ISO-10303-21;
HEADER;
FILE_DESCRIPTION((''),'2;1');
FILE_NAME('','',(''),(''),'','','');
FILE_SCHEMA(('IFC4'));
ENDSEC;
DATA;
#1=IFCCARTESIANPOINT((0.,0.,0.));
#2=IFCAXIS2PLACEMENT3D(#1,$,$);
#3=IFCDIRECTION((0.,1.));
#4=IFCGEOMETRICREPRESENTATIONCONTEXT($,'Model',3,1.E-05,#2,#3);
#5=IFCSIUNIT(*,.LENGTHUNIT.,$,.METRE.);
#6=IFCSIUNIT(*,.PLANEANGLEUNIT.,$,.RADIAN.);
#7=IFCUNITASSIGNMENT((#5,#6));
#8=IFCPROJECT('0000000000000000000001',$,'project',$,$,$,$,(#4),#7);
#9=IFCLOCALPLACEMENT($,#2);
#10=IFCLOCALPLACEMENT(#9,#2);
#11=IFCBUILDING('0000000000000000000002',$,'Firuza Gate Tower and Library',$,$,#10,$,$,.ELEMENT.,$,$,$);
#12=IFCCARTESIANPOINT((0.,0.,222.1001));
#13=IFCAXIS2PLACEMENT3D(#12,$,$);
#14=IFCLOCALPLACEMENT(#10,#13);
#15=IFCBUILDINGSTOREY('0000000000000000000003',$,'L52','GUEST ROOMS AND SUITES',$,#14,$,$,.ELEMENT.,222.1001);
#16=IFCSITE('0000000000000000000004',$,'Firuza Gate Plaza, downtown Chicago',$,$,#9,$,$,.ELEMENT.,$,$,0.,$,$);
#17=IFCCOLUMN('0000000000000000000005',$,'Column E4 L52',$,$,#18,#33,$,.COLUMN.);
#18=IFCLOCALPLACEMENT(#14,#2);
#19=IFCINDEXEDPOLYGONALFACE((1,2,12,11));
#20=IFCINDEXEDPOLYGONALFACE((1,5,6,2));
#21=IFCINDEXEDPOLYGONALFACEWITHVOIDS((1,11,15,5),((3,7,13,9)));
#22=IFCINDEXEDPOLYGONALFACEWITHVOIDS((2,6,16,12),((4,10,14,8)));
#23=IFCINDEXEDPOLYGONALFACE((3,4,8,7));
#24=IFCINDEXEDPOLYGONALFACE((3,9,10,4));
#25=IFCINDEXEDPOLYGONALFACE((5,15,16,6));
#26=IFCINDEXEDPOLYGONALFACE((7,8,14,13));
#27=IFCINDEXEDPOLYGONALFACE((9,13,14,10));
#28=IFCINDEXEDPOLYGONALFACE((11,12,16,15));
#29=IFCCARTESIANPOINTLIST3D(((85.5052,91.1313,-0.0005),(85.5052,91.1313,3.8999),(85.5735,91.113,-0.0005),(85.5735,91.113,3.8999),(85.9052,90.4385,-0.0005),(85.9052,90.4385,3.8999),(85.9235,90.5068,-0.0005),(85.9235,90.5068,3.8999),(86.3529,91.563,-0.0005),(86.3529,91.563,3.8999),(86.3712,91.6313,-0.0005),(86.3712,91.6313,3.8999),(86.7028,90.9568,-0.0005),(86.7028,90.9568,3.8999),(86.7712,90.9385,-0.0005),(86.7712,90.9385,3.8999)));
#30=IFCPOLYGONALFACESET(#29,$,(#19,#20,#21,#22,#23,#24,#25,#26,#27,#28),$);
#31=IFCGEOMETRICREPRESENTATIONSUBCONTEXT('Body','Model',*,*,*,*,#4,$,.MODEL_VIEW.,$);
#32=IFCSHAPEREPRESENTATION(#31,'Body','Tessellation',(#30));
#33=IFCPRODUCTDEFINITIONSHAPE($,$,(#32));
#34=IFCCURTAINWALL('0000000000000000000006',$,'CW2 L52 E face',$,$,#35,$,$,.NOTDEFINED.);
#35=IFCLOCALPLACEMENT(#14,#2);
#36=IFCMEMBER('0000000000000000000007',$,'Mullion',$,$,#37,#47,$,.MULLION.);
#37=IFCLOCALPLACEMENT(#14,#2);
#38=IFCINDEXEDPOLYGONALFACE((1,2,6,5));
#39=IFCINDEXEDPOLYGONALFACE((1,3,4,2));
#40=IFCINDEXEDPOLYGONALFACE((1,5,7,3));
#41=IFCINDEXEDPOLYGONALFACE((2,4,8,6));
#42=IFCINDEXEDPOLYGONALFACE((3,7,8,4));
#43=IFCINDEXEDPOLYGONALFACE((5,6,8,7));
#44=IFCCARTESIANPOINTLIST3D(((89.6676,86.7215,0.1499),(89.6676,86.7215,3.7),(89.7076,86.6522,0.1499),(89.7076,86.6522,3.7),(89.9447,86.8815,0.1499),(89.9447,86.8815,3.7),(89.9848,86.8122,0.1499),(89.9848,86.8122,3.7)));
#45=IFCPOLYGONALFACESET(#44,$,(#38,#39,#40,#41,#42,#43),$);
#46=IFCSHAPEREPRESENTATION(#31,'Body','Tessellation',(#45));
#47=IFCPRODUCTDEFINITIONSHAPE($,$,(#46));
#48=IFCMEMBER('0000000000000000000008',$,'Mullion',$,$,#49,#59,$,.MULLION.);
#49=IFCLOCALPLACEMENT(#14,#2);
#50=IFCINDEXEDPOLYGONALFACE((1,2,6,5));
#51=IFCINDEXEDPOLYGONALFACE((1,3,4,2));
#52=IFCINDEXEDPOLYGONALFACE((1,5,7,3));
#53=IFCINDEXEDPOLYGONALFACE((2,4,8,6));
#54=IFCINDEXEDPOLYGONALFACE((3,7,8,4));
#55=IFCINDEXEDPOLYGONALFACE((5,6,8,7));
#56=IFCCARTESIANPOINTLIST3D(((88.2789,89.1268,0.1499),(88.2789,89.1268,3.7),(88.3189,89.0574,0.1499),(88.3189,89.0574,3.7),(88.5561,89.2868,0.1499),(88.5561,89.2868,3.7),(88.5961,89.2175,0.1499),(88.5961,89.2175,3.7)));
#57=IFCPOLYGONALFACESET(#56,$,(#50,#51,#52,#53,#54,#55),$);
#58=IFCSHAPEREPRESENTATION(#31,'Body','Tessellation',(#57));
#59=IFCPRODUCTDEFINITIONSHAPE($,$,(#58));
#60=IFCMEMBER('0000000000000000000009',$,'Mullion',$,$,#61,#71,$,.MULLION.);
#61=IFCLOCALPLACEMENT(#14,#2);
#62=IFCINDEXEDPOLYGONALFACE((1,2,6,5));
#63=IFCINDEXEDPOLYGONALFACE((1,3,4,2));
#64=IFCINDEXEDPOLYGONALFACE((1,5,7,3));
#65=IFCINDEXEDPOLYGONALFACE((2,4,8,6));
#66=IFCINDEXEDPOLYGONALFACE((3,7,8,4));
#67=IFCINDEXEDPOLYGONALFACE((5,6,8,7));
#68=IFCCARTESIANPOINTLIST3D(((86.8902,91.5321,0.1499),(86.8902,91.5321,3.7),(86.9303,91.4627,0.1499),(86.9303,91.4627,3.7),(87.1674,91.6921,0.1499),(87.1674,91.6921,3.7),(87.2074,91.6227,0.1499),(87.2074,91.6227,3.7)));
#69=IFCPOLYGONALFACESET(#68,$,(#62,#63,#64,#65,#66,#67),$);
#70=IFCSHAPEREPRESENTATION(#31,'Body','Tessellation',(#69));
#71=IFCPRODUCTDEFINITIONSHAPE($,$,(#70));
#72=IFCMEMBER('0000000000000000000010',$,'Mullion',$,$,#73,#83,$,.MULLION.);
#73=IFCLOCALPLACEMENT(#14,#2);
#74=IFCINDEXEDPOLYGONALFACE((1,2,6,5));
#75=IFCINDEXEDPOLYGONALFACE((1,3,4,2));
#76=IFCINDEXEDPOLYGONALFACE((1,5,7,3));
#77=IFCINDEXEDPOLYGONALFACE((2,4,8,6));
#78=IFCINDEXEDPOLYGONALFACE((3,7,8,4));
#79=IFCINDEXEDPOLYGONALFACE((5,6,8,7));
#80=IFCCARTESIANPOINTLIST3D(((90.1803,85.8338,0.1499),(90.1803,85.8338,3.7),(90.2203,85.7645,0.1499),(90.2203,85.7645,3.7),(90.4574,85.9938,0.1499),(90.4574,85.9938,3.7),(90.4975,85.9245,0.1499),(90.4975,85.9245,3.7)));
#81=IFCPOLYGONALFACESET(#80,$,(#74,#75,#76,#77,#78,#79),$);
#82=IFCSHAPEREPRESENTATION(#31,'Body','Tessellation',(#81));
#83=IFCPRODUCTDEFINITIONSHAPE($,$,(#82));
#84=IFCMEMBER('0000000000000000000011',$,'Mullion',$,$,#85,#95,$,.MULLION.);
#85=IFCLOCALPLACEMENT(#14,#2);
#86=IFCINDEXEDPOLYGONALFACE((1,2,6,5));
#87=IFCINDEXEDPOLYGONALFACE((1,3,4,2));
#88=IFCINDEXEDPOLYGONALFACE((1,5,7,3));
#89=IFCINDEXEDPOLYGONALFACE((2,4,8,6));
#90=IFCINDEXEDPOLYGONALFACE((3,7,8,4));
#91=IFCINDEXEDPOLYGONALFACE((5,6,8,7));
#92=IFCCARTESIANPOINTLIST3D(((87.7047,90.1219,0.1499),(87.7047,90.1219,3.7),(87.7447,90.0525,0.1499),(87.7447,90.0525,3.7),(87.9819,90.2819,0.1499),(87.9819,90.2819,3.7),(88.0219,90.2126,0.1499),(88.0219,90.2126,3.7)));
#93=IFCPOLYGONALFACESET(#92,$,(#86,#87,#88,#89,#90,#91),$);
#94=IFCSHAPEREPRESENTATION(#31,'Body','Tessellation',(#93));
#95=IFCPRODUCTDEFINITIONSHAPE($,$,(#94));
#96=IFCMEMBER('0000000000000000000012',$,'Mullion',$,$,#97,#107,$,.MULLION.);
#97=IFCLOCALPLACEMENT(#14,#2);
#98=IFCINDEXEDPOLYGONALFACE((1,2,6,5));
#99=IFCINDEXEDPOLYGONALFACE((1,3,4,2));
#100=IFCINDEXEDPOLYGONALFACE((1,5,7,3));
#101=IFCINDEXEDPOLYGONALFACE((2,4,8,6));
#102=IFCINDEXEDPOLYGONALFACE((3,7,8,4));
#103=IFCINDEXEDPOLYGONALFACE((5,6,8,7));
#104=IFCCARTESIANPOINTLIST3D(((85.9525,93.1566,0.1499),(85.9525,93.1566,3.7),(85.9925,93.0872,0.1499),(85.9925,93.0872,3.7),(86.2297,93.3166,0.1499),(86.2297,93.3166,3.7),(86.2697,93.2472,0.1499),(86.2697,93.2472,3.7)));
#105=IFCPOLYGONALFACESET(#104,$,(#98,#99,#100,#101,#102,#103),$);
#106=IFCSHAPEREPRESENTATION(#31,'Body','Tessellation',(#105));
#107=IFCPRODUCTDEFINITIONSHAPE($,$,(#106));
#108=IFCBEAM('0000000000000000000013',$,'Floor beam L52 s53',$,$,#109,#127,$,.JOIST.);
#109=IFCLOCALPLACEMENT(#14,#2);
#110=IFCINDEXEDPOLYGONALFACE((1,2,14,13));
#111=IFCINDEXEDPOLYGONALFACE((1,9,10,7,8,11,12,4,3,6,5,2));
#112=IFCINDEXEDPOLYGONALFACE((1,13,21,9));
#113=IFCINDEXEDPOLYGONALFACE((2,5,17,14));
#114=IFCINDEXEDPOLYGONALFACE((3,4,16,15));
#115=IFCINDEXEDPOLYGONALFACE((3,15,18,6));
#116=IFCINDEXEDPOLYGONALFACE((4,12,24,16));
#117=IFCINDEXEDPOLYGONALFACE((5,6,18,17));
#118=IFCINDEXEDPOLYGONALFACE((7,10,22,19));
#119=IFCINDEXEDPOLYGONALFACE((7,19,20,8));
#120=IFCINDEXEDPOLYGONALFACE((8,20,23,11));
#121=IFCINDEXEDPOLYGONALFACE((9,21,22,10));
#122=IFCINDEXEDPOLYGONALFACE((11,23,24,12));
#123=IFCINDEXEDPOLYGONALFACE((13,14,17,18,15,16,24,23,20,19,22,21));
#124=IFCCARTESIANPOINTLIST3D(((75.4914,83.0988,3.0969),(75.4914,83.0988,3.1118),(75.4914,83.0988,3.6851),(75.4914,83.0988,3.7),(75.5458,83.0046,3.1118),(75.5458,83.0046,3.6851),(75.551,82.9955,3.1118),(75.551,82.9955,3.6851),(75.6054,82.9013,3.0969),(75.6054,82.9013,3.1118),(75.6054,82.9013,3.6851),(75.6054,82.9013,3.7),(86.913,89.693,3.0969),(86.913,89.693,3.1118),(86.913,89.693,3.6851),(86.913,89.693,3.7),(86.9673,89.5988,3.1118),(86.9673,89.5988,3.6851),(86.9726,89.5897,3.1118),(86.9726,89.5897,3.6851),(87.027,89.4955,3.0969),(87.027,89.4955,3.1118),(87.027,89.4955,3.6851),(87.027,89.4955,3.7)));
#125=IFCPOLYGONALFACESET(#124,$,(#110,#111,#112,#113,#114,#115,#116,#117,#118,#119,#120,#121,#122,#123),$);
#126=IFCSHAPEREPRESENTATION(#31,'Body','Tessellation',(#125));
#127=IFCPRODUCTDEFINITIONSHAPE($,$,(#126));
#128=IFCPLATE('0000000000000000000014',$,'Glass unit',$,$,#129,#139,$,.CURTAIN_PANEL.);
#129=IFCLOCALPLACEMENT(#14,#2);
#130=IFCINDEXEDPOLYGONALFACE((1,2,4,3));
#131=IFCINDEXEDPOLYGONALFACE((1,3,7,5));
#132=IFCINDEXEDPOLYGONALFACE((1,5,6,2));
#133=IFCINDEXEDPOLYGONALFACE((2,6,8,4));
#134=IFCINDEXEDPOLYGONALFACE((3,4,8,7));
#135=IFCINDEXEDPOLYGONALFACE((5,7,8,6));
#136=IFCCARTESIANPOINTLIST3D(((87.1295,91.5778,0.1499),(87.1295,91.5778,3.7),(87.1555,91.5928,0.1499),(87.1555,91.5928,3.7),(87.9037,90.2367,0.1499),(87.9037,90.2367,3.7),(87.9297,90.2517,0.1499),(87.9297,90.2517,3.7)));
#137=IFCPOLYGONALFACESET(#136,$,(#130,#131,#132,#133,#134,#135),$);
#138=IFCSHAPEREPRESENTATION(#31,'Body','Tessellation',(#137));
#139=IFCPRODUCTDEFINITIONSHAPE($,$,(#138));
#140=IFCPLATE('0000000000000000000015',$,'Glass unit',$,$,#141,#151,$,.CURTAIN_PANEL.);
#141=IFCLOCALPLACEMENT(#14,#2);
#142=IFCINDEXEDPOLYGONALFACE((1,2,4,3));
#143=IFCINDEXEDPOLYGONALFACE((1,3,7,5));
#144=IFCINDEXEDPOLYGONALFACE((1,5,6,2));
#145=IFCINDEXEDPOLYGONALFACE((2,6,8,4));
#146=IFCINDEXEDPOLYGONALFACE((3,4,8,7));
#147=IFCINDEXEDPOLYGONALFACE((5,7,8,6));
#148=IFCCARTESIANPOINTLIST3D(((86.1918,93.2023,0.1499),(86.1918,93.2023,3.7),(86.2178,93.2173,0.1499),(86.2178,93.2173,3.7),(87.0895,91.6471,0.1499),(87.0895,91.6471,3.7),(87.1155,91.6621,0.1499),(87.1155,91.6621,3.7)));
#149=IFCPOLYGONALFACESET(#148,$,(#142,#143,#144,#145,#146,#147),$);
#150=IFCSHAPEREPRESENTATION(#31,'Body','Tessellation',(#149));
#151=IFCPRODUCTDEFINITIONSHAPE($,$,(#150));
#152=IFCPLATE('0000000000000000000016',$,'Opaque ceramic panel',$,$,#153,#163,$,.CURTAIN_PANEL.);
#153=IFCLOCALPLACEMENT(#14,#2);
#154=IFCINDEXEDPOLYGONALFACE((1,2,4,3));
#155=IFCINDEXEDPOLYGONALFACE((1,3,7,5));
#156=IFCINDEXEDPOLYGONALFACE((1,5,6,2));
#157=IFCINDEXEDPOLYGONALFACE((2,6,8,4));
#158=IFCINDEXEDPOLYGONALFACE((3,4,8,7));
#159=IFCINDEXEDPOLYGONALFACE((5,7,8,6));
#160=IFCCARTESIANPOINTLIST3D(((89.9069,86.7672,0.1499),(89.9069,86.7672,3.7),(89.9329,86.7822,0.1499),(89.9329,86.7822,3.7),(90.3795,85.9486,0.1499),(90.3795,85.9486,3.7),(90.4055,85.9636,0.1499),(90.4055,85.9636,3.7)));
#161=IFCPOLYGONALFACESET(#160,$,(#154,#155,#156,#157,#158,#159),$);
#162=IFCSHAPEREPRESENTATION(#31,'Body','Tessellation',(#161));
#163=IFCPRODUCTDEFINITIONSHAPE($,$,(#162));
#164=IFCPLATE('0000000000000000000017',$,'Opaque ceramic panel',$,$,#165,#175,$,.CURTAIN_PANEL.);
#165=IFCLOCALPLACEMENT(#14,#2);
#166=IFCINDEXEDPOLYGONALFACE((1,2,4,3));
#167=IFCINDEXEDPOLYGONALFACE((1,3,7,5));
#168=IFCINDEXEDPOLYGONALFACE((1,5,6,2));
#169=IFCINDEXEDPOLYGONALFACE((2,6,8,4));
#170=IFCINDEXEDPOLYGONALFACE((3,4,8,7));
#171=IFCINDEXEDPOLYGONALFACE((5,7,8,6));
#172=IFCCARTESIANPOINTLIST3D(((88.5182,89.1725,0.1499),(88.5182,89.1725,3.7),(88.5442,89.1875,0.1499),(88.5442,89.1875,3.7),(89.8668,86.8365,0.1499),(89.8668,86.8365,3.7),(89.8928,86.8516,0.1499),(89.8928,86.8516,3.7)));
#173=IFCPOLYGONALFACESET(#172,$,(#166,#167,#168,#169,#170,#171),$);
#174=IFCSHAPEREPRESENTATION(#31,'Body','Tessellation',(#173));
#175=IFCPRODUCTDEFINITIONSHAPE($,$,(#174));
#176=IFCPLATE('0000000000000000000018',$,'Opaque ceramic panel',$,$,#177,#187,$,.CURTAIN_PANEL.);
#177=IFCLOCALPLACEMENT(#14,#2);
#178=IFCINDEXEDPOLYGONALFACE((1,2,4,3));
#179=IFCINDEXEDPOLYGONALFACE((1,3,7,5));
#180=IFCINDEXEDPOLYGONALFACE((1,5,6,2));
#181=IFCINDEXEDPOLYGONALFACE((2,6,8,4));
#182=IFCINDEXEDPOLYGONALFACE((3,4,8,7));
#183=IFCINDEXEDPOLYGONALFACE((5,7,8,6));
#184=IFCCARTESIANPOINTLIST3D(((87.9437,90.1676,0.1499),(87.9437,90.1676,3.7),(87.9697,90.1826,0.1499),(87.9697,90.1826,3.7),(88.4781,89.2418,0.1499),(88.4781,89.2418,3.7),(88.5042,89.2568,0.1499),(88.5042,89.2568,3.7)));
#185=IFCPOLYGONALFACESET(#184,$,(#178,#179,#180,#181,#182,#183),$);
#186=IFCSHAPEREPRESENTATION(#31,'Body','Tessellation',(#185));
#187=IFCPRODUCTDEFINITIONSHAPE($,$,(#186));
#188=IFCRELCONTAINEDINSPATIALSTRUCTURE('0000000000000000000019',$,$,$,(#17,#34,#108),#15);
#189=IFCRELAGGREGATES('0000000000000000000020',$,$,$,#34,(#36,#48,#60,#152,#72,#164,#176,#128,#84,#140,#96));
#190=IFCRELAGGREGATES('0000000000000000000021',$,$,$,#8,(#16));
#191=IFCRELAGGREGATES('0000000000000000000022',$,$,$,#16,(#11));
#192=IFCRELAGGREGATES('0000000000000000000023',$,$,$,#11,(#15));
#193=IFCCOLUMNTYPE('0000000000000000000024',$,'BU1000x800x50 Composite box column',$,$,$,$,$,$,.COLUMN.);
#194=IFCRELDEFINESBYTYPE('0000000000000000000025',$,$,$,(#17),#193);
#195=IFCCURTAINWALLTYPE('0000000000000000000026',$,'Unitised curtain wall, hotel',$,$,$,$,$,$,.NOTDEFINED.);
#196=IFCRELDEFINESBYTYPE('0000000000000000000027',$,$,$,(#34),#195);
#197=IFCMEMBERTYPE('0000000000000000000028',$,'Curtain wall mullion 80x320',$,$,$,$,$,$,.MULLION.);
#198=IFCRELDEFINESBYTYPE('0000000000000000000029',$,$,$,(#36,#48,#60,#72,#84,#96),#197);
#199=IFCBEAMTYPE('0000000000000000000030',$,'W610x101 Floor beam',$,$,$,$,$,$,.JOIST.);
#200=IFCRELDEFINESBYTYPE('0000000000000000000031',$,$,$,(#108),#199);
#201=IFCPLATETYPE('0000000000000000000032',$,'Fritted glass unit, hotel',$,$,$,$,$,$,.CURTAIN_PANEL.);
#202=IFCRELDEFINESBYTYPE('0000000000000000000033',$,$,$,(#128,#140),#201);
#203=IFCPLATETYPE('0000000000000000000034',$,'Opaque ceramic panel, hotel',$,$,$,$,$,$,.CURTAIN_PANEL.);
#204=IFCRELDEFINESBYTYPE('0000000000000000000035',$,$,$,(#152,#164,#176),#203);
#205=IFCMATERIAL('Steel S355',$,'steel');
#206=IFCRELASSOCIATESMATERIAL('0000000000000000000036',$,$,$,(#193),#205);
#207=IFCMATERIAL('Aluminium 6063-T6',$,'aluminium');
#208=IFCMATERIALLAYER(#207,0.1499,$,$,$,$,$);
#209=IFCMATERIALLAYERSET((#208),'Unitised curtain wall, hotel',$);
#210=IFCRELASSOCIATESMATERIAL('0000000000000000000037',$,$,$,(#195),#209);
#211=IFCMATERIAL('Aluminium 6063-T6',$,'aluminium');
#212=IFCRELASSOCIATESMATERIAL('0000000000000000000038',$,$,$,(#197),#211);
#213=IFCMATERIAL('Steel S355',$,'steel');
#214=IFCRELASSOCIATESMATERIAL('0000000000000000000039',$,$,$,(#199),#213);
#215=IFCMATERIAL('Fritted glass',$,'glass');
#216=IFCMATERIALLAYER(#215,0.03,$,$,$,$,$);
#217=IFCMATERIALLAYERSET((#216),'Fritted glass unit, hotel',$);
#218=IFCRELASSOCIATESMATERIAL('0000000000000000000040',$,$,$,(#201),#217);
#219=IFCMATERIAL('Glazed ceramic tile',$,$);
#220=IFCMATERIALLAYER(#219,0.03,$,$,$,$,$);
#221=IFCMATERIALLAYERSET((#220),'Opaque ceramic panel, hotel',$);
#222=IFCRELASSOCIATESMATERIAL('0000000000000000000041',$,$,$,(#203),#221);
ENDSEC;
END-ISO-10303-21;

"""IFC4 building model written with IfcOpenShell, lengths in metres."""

from ifc_helpers import new_model, si_unit, direction, frame, origin, origin_2d, place, context, subcontext, project, spatial, polyline, rectangle, hollow_rectangle, i_section, outline, extrude, material, layer, layer_set, material_profile, profile_set, type_object, element, aggregate, save


model = new_model("IFC4")

# Units and contexts
model_context = context("Model", 3, precision=1e-05, world=origin(), true_north=direction((0.0, 1.0)))
body_context = subcontext(model_context, "Body", "Model", "MODEL_VIEW")
ifc_project = project(units=[si_unit("LENGTHUNIT", "METRE"), si_unit("PLANEANGLEUNIT", "RADIAN")], contexts=[model_context])

# Site, building, storey
site_placement = place(None, origin())
site = spatial("IfcSite", under=ifc_project, at=site_placement, Name="Firuza Gate Plaza, downtown Chicago", CompositionType="ELEMENT", RefElevation=0.0)
building_placement = place(site_placement, origin())
building = spatial("IfcBuilding", under=site, at=building_placement, Name="Firuza Gate Tower and Library", CompositionType="ELEMENT")
storey_placement = place(building_placement, frame((0.0, 0.0, 222.1001)))
storey = spatial("IfcBuildingStorey", under=building, at=storey_placement, Name="L52", Description="GUEST ROOMS AND SUITES", CompositionType="ELEMENT", Elevation=222.1001)

# Column
ifc_material_1 = material(Name="Steel S355", Category="steel")
ifc_material_profile_1 = material_profile(ifc_material_1, hollow_rectangle(XDim=0.8, YDim=1.0, WallThickness=0.05, at=origin_2d()))
ifc_profile_set_1 = profile_set([ifc_material_profile_1], Name="Steel S355")
column_type = type_object("IfcColumnType", Name="BU1000x800x50 Composite box column", PredefinedType="COLUMN", material=ifc_profile_set_1)
column_placement = place(storey_placement, frame((86.1382, 91.0349, -0.0005), z_axis=(0.0, 0.0, 1.0), x_axis=(-0.5, 0.866025, 0.0)))
element("IfcColumn", 1, at=column_placement, inside=storey, type_object=column_type, Name="Column E4 L52", PredefinedType="COLUMN", context=body_context, shape_type="SweptSolid", body=[
    extrude(hollow_rectangle(XDim=0.8, YDim=1.0, WallThickness=0.05, at=origin_2d()), origin(), (0.0, 0.0, 1.0), 3.9004),
])

# Curtain wall, members
ifc_material_2 = material(Name="Aluminium 6063-T6", Category="aluminium")
ifc_layer_1 = layer(ifc_material_2, 0.1499)
ifc_layer_set_1 = layer_set([ifc_layer_1], Name="Unitised curtain wall, hotel")
curtain_wall_type = type_object("IfcCurtainWallType", Name="Unitised curtain wall, hotel", PredefinedType="NOTDEFINED", material=ifc_layer_set_1)
curtain_wall_placement = place(storey_placement, origin())
curtain_wall = element("IfcCurtainWall", 2, at=curtain_wall_placement, inside=storey, type_object=curtain_wall_type, Name="CW2 L52 E face", PredefinedType="NOTDEFINED")
ifc_material_3 = material(Name="Aluminium 6063-T6", Category="aluminium")
ifc_material_profile_2 = material_profile(ifc_material_3, rectangle(XDim=0.3201, YDim=0.0801, at=origin_2d()))
ifc_profile_set_2 = profile_set([ifc_material_profile_2], Name="Aluminium 6063-T6")
member_type = type_object("IfcMemberType", Name="Curtain wall mullion 80x320", PredefinedType="MULLION", material=ifc_profile_set_2)
member_1_placement = place(storey_placement, frame((89.8262, 86.7668, 0.1499), z_axis=(0.0, 0.0, 1.0), x_axis=(-0.866025, -0.5, 0.0)))
member_1 = element("IfcMember", 3, at=member_1_placement, type_object=member_type, Name="Mullion", PredefinedType="MULLION", context=body_context, shape_type="SweptSolid", body=[
    extrude(rectangle(XDim=0.3201, YDim=0.0801, at=origin_2d()), origin(), (0.0, 0.0, 1.0), 3.55),
])
member_2_placement = place(storey_placement, frame((88.4375, 89.1721, 0.1499), z_axis=(0.0, 0.0, 1.0), x_axis=(-0.866025, -0.5, 0.0)))
member_2 = element("IfcMember", 4, at=member_2_placement, type_object=member_type, Name="Mullion", PredefinedType="MULLION", context=body_context, shape_type="SweptSolid", body=[
    extrude(rectangle(XDim=0.3201, YDim=0.0801, at=origin_2d()), origin(), (0.0, 0.0, 1.0), 3.55),
])
member_3_placement = place(storey_placement, frame((87.0488, 91.5774, 0.1499), z_axis=(0.0, 0.0, 1.0), x_axis=(-0.866025, -0.5, 0.0)))
member_3 = element("IfcMember", 5, at=member_3_placement, type_object=member_type, Name="Mullion", PredefinedType="MULLION", context=body_context, shape_type="SweptSolid", body=[
    extrude(rectangle(XDim=0.3201, YDim=0.0801, at=origin_2d()), origin(), (0.0, 0.0, 1.0), 3.55),
])
member_4_placement = place(storey_placement, frame((90.3389, 85.8792, 0.1499), z_axis=(0.0, 0.0, 1.0), x_axis=(-0.866025, -0.5, 0.0)))
member_4 = element("IfcMember", 6, at=member_4_placement, type_object=member_type, Name="Mullion", PredefinedType="MULLION", context=body_context, shape_type="SweptSolid", body=[
    extrude(rectangle(XDim=0.3201, YDim=0.0801, at=origin_2d()), origin(), (0.0, 0.0, 1.0), 3.55),
])
member_5_placement = place(storey_placement, frame((87.8633, 90.1672, 0.1499), z_axis=(0.0, 0.0, 1.0), x_axis=(-0.866025, -0.5, 0.0)))
member_5 = element("IfcMember", 7, at=member_5_placement, type_object=member_type, Name="Mullion", PredefinedType="MULLION", context=body_context, shape_type="SweptSolid", body=[
    extrude(rectangle(XDim=0.3201, YDim=0.0801, at=origin_2d()), origin(), (0.0, 0.0, 1.0), 3.55),
])
member_6_placement = place(storey_placement, frame((86.1111, 93.2019, 0.1499), z_axis=(0.0, 0.0, 1.0), x_axis=(-0.866025, -0.5, 0.0)))
member_6 = element("IfcMember", 8, at=member_6_placement, type_object=member_type, Name="Mullion", PredefinedType="MULLION", context=body_context, shape_type="SweptSolid", body=[
    extrude(rectangle(XDim=0.3201, YDim=0.0801, at=origin_2d()), origin(), (0.0, 0.0, 1.0), 3.55),
])

# Beam
ifc_material_4 = material(Name="Steel S355", Category="steel")
ifc_material_profile_3 = material_profile(ifc_material_4, i_section(OverallWidth=0.228, OverallDepth=0.603, WebThickness=0.0105, FlangeThickness=0.0149, at=origin_2d()))
ifc_profile_set_3 = profile_set([ifc_material_profile_3], Name="Steel S355")
beam_type = type_object("IfcBeamType", Name="W610x101 Floor beam", PredefinedType="JOIST", material=ifc_profile_set_3)
beam_placement = place(storey_placement, frame((86.97, 89.5942, 3.3984), z_axis=(-0.866027, -0.499998, 0.0), x_axis=(0.499998, -0.866027, 0.0)))
element("IfcBeam", 9, at=beam_placement, inside=storey, type_object=beam_type, Name="Floor beam L52 s53", PredefinedType="JOIST", context=body_context, shape_type="SweptSolid", body=[
    extrude(i_section(OverallWidth=0.228, OverallDepth=0.603, WebThickness=0.0105, FlangeThickness=0.0149, at=origin_2d()), origin(), (0.0, 0.0, 1.0), 13.1885),
])

# Plates
ifc_material_5 = material(Name="Fritted glass", Category="glass")
ifc_layer_2 = layer(ifc_material_5, 0.03)
ifc_layer_set_2 = layer_set([ifc_layer_2], Name="Fritted glass unit, hotel")
plate_type_1 = type_object("IfcPlateType", Name="Fritted glass unit, hotel", PredefinedType="CURTAIN_PANEL", material=ifc_layer_set_2)
plate_1_placement = place(storey_placement, frame((87.9297, 90.2517, 0.1499), z_axis=(0.866052, 0.499954, 0.0), x_axis=(-0.499954, 0.866052, 0.0)))
plate_1 = element("IfcPlate", 10, at=plate_1_placement, type_object=plate_type_1, Name="Glass unit", PredefinedType="CURTAIN_PANEL", context=body_context, shape_type="SweptSolid", body=[
    extrude(outline(polyline([(0.0, 0.0), (1.5485, 0.0), (1.5485, 3.55), (0.0, 3.55), (0.0, 0.0)])), origin(), (0.0, 0.0, -1.0), 0.03),
])
plate_2_placement = place(storey_placement, frame((87.1155, 91.6621, 0.1499), z_axis=(0.866068, 0.499926, 0.0), x_axis=(-0.499926, 0.866068, 0.0)))
plate_2 = element("IfcPlate", 11, at=plate_2_placement, type_object=plate_type_1, Name="Glass unit", PredefinedType="CURTAIN_PANEL", context=body_context, shape_type="SweptSolid", body=[
    extrude(outline(polyline([(0.0, 0.0), (1.7957, 0.0), (1.7957, 3.55), (0.0, 3.55), (0.0, 0.0)])), origin(), (0.0, 0.0, -1.0), 0.03),
])
ifc_material_6 = material(Name="Glazed ceramic tile")
ifc_layer_3 = layer(ifc_material_6, 0.03)
ifc_layer_set_3 = layer_set([ifc_layer_3], Name="Opaque ceramic panel, hotel")
plate_type_2 = type_object("IfcPlateType", Name="Opaque ceramic panel, hotel", PredefinedType="CURTAIN_PANEL", material=ifc_layer_set_3)
plate_3_placement = place(storey_placement, frame((90.4055, 85.9636, 0.1499), z_axis=(0.866009, 0.500028, 0.0), x_axis=(-0.500028, 0.866009, 0.0)))
plate_3 = element("IfcPlate", 12, at=plate_3_placement, type_object=plate_type_2, Name="Opaque ceramic panel", PredefinedType="CURTAIN_PANEL", context=body_context, shape_type="SweptSolid", body=[
    extrude(outline(polyline([(0.0, 0.0), (0.9453, 0.0), (0.9453, 3.55), (0.0, 3.55), (0.0, 0.0)])), origin(), (0.0, 0.0, -1.0), 0.03),
])
plate_4_placement = place(storey_placement, frame((89.8928, 86.8516, 0.1499), z_axis=(0.866029, 0.499994, 0.0), x_axis=(-0.499994, 0.866029, 0.0)))
plate_4 = element("IfcPlate", 13, at=plate_4_placement, type_object=plate_type_2, Name="Opaque ceramic panel", PredefinedType="CURTAIN_PANEL", context=body_context, shape_type="SweptSolid", body=[
    extrude(outline(polyline([(0.0, 0.0), (2.6973, 0.0), (2.6973, 3.55), (0.0, 3.55), (0.0, 0.0)])), origin(), (0.0, 0.0, -1.0), 0.03),
])
plate_5_placement = place(storey_placement, frame((88.5042, 89.2568, 0.1499), z_axis=(0.866056, 0.499947, 0.0), x_axis=(-0.499947, 0.866056, 0.0)))
plate_5 = element("IfcPlate", 14, at=plate_5_placement, type_object=plate_type_2, Name="Opaque ceramic panel", PredefinedType="CURTAIN_PANEL", context=body_context, shape_type="SweptSolid", body=[
    extrude(outline(polyline([(0.0, 0.0), (1.069, 0.0), (1.069, 3.55), (0.0, 3.55), (0.0, 0.0)])), origin(), (0.0, 0.0, -1.0), 0.03),
])
aggregate(curtain_wall, [member_1, member_2, member_3, plate_3, member_4, plate_4, plate_5, plate_1, member_5, plate_2, member_6])

save(model, "model.ifc")
